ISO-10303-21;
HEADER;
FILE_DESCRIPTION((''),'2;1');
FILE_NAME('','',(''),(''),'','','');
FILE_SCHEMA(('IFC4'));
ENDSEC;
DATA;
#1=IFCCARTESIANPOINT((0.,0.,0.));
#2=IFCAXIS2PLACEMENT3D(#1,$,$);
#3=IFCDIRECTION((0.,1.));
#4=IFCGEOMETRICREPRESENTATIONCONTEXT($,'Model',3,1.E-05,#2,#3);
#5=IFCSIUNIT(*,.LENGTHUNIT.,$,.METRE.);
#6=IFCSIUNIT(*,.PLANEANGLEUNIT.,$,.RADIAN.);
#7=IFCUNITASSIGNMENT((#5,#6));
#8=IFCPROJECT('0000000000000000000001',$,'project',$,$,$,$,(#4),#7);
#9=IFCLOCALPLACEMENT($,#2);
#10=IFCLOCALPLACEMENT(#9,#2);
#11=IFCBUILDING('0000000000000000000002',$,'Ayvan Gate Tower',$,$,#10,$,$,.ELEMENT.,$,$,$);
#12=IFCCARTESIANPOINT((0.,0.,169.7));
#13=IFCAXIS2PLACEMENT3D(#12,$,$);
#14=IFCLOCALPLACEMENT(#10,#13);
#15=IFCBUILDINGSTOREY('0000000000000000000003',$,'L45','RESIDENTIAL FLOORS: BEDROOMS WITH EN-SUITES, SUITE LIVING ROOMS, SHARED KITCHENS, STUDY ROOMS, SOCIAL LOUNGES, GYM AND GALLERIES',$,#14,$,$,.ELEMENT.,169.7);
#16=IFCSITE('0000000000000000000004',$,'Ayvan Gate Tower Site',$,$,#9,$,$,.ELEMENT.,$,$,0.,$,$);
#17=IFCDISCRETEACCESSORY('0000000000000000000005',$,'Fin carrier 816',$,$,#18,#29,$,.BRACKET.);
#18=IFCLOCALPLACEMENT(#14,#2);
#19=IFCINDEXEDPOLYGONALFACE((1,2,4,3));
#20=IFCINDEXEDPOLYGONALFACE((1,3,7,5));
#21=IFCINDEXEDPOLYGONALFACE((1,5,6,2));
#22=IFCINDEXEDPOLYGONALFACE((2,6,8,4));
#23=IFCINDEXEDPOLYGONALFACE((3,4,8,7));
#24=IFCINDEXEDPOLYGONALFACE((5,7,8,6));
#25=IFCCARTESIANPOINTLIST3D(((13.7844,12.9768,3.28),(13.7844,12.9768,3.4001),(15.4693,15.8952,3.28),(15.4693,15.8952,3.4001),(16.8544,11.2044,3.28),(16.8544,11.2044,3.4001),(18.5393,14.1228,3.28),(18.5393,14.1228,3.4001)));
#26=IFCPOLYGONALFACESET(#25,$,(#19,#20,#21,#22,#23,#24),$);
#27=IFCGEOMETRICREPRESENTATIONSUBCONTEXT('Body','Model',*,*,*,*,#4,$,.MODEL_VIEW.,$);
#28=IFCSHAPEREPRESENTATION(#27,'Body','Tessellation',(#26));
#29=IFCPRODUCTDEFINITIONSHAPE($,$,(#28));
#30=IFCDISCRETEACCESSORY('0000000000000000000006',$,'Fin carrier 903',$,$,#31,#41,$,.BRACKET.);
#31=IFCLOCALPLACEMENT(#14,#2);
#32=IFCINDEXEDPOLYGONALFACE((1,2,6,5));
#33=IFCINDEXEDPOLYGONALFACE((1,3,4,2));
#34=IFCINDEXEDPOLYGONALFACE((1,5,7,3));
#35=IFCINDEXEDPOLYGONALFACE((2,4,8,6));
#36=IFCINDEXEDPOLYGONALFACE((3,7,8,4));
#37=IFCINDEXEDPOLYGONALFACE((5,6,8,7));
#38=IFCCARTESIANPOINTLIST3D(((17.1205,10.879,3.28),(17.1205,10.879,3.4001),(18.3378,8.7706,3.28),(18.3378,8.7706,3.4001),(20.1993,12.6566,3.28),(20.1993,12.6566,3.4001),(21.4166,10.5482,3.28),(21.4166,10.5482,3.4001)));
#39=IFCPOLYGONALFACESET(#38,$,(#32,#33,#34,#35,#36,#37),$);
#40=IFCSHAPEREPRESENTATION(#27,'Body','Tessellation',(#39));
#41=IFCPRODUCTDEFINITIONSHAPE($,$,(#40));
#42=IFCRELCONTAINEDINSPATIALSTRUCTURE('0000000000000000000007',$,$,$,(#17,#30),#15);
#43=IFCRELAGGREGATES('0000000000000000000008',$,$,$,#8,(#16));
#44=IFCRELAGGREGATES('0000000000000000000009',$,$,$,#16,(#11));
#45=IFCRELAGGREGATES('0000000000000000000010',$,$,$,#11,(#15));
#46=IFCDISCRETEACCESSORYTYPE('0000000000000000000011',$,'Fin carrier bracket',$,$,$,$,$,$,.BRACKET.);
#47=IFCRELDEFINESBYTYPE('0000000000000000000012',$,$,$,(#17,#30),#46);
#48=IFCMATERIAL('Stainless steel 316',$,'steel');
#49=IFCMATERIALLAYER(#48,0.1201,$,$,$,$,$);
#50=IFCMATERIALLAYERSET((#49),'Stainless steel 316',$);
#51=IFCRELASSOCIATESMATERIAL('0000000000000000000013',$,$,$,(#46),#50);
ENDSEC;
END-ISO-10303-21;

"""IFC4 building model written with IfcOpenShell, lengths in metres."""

from ifc_helpers import new_model, si_unit, direction, frame, origin, origin_2d, place, context, subcontext, project, spatial, rectangle, extrude, material, layer, layer_set, type_object, element, save


model = new_model("IFC4")

# Units and contexts
model_context = context("Model", 3, precision=1e-05, world=origin(), true_north=direction((0.0, 1.0)))
body_context = subcontext(model_context, "Body", "Model", "MODEL_VIEW")
ifc_project = project(units=[si_unit("LENGTHUNIT", "METRE"), si_unit("PLANEANGLEUNIT", "RADIAN")], contexts=[model_context])

# Site, building, storey
site_placement = place(None, origin())
site = spatial("IfcSite", under=ifc_project, at=site_placement, Name="Ayvan Gate Tower Site", CompositionType="ELEMENT", RefElevation=0.0)
building_placement = place(site_placement, origin())
building = spatial("IfcBuilding", under=site, at=building_placement, Name="Ayvan Gate Tower", CompositionType="ELEMENT")
storey_placement = place(building_placement, frame((0.0, 0.0, 169.7)))
storey = spatial("IfcBuildingStorey", under=building, at=storey_placement, Name="L45", Description="RESIDENTIAL FLOORS: BEDROOMS WITH EN-SUITES, SUITE LIVING ROOMS, SHARED KITCHENS, STUDY ROOMS, SOCIAL LOUNGES, GYM AND GALLERIES", CompositionType="ELEMENT", Elevation=169.7)

# Discrete accessories
ifc_material_1 = material(Name="Stainless steel 316", Category="steel")
ifc_layer_1 = layer(ifc_material_1, 0.1201)
ifc_layer_set_1 = layer_set([ifc_layer_1], Name="Stainless steel 316")
discrete_accessory_type = type_object("IfcDiscreteAccessoryType", Name="Fin carrier bracket", PredefinedType="BRACKET", material=ifc_layer_set_1)
discrete_accessory_1_placement = place(storey_placement, frame((16.1619, 13.5498, 3.28), z_axis=(0.0, 0.0, 1.0), x_axis=(-0.866025, 0.5, 0.0)))
element("IfcDiscreteAccessory", 1, at=discrete_accessory_1_placement, inside=storey, type_object=discrete_accessory_type, Name="Fin carrier 816", PredefinedType="BRACKET", context=body_context, shape_type="SweptSolid", body=[
    extrude(rectangle(XDim=3.5449, YDim=3.3699, at=origin_2d()), origin(), (0.0, 0.0, 1.0), 0.1201),
])
discrete_accessory_2_placement = place(storey_placement, frame((19.2686, 10.7136, 3.28), z_axis=(0.0, 0.0, 1.0), x_axis=(-0.5, 0.866025, 0.0)))
element("IfcDiscreteAccessory", 2, at=discrete_accessory_2_placement, inside=storey, type_object=discrete_accessory_type, Name="Fin carrier 903", PredefinedType="BRACKET", context=body_context, shape_type="SweptSolid", body=[
    extrude(rectangle(XDim=2.4346, YDim=3.5552, at=origin_2d()), origin(), (0.0, 0.0, 1.0), 0.1201),
])

save(model, "model.ifc")
